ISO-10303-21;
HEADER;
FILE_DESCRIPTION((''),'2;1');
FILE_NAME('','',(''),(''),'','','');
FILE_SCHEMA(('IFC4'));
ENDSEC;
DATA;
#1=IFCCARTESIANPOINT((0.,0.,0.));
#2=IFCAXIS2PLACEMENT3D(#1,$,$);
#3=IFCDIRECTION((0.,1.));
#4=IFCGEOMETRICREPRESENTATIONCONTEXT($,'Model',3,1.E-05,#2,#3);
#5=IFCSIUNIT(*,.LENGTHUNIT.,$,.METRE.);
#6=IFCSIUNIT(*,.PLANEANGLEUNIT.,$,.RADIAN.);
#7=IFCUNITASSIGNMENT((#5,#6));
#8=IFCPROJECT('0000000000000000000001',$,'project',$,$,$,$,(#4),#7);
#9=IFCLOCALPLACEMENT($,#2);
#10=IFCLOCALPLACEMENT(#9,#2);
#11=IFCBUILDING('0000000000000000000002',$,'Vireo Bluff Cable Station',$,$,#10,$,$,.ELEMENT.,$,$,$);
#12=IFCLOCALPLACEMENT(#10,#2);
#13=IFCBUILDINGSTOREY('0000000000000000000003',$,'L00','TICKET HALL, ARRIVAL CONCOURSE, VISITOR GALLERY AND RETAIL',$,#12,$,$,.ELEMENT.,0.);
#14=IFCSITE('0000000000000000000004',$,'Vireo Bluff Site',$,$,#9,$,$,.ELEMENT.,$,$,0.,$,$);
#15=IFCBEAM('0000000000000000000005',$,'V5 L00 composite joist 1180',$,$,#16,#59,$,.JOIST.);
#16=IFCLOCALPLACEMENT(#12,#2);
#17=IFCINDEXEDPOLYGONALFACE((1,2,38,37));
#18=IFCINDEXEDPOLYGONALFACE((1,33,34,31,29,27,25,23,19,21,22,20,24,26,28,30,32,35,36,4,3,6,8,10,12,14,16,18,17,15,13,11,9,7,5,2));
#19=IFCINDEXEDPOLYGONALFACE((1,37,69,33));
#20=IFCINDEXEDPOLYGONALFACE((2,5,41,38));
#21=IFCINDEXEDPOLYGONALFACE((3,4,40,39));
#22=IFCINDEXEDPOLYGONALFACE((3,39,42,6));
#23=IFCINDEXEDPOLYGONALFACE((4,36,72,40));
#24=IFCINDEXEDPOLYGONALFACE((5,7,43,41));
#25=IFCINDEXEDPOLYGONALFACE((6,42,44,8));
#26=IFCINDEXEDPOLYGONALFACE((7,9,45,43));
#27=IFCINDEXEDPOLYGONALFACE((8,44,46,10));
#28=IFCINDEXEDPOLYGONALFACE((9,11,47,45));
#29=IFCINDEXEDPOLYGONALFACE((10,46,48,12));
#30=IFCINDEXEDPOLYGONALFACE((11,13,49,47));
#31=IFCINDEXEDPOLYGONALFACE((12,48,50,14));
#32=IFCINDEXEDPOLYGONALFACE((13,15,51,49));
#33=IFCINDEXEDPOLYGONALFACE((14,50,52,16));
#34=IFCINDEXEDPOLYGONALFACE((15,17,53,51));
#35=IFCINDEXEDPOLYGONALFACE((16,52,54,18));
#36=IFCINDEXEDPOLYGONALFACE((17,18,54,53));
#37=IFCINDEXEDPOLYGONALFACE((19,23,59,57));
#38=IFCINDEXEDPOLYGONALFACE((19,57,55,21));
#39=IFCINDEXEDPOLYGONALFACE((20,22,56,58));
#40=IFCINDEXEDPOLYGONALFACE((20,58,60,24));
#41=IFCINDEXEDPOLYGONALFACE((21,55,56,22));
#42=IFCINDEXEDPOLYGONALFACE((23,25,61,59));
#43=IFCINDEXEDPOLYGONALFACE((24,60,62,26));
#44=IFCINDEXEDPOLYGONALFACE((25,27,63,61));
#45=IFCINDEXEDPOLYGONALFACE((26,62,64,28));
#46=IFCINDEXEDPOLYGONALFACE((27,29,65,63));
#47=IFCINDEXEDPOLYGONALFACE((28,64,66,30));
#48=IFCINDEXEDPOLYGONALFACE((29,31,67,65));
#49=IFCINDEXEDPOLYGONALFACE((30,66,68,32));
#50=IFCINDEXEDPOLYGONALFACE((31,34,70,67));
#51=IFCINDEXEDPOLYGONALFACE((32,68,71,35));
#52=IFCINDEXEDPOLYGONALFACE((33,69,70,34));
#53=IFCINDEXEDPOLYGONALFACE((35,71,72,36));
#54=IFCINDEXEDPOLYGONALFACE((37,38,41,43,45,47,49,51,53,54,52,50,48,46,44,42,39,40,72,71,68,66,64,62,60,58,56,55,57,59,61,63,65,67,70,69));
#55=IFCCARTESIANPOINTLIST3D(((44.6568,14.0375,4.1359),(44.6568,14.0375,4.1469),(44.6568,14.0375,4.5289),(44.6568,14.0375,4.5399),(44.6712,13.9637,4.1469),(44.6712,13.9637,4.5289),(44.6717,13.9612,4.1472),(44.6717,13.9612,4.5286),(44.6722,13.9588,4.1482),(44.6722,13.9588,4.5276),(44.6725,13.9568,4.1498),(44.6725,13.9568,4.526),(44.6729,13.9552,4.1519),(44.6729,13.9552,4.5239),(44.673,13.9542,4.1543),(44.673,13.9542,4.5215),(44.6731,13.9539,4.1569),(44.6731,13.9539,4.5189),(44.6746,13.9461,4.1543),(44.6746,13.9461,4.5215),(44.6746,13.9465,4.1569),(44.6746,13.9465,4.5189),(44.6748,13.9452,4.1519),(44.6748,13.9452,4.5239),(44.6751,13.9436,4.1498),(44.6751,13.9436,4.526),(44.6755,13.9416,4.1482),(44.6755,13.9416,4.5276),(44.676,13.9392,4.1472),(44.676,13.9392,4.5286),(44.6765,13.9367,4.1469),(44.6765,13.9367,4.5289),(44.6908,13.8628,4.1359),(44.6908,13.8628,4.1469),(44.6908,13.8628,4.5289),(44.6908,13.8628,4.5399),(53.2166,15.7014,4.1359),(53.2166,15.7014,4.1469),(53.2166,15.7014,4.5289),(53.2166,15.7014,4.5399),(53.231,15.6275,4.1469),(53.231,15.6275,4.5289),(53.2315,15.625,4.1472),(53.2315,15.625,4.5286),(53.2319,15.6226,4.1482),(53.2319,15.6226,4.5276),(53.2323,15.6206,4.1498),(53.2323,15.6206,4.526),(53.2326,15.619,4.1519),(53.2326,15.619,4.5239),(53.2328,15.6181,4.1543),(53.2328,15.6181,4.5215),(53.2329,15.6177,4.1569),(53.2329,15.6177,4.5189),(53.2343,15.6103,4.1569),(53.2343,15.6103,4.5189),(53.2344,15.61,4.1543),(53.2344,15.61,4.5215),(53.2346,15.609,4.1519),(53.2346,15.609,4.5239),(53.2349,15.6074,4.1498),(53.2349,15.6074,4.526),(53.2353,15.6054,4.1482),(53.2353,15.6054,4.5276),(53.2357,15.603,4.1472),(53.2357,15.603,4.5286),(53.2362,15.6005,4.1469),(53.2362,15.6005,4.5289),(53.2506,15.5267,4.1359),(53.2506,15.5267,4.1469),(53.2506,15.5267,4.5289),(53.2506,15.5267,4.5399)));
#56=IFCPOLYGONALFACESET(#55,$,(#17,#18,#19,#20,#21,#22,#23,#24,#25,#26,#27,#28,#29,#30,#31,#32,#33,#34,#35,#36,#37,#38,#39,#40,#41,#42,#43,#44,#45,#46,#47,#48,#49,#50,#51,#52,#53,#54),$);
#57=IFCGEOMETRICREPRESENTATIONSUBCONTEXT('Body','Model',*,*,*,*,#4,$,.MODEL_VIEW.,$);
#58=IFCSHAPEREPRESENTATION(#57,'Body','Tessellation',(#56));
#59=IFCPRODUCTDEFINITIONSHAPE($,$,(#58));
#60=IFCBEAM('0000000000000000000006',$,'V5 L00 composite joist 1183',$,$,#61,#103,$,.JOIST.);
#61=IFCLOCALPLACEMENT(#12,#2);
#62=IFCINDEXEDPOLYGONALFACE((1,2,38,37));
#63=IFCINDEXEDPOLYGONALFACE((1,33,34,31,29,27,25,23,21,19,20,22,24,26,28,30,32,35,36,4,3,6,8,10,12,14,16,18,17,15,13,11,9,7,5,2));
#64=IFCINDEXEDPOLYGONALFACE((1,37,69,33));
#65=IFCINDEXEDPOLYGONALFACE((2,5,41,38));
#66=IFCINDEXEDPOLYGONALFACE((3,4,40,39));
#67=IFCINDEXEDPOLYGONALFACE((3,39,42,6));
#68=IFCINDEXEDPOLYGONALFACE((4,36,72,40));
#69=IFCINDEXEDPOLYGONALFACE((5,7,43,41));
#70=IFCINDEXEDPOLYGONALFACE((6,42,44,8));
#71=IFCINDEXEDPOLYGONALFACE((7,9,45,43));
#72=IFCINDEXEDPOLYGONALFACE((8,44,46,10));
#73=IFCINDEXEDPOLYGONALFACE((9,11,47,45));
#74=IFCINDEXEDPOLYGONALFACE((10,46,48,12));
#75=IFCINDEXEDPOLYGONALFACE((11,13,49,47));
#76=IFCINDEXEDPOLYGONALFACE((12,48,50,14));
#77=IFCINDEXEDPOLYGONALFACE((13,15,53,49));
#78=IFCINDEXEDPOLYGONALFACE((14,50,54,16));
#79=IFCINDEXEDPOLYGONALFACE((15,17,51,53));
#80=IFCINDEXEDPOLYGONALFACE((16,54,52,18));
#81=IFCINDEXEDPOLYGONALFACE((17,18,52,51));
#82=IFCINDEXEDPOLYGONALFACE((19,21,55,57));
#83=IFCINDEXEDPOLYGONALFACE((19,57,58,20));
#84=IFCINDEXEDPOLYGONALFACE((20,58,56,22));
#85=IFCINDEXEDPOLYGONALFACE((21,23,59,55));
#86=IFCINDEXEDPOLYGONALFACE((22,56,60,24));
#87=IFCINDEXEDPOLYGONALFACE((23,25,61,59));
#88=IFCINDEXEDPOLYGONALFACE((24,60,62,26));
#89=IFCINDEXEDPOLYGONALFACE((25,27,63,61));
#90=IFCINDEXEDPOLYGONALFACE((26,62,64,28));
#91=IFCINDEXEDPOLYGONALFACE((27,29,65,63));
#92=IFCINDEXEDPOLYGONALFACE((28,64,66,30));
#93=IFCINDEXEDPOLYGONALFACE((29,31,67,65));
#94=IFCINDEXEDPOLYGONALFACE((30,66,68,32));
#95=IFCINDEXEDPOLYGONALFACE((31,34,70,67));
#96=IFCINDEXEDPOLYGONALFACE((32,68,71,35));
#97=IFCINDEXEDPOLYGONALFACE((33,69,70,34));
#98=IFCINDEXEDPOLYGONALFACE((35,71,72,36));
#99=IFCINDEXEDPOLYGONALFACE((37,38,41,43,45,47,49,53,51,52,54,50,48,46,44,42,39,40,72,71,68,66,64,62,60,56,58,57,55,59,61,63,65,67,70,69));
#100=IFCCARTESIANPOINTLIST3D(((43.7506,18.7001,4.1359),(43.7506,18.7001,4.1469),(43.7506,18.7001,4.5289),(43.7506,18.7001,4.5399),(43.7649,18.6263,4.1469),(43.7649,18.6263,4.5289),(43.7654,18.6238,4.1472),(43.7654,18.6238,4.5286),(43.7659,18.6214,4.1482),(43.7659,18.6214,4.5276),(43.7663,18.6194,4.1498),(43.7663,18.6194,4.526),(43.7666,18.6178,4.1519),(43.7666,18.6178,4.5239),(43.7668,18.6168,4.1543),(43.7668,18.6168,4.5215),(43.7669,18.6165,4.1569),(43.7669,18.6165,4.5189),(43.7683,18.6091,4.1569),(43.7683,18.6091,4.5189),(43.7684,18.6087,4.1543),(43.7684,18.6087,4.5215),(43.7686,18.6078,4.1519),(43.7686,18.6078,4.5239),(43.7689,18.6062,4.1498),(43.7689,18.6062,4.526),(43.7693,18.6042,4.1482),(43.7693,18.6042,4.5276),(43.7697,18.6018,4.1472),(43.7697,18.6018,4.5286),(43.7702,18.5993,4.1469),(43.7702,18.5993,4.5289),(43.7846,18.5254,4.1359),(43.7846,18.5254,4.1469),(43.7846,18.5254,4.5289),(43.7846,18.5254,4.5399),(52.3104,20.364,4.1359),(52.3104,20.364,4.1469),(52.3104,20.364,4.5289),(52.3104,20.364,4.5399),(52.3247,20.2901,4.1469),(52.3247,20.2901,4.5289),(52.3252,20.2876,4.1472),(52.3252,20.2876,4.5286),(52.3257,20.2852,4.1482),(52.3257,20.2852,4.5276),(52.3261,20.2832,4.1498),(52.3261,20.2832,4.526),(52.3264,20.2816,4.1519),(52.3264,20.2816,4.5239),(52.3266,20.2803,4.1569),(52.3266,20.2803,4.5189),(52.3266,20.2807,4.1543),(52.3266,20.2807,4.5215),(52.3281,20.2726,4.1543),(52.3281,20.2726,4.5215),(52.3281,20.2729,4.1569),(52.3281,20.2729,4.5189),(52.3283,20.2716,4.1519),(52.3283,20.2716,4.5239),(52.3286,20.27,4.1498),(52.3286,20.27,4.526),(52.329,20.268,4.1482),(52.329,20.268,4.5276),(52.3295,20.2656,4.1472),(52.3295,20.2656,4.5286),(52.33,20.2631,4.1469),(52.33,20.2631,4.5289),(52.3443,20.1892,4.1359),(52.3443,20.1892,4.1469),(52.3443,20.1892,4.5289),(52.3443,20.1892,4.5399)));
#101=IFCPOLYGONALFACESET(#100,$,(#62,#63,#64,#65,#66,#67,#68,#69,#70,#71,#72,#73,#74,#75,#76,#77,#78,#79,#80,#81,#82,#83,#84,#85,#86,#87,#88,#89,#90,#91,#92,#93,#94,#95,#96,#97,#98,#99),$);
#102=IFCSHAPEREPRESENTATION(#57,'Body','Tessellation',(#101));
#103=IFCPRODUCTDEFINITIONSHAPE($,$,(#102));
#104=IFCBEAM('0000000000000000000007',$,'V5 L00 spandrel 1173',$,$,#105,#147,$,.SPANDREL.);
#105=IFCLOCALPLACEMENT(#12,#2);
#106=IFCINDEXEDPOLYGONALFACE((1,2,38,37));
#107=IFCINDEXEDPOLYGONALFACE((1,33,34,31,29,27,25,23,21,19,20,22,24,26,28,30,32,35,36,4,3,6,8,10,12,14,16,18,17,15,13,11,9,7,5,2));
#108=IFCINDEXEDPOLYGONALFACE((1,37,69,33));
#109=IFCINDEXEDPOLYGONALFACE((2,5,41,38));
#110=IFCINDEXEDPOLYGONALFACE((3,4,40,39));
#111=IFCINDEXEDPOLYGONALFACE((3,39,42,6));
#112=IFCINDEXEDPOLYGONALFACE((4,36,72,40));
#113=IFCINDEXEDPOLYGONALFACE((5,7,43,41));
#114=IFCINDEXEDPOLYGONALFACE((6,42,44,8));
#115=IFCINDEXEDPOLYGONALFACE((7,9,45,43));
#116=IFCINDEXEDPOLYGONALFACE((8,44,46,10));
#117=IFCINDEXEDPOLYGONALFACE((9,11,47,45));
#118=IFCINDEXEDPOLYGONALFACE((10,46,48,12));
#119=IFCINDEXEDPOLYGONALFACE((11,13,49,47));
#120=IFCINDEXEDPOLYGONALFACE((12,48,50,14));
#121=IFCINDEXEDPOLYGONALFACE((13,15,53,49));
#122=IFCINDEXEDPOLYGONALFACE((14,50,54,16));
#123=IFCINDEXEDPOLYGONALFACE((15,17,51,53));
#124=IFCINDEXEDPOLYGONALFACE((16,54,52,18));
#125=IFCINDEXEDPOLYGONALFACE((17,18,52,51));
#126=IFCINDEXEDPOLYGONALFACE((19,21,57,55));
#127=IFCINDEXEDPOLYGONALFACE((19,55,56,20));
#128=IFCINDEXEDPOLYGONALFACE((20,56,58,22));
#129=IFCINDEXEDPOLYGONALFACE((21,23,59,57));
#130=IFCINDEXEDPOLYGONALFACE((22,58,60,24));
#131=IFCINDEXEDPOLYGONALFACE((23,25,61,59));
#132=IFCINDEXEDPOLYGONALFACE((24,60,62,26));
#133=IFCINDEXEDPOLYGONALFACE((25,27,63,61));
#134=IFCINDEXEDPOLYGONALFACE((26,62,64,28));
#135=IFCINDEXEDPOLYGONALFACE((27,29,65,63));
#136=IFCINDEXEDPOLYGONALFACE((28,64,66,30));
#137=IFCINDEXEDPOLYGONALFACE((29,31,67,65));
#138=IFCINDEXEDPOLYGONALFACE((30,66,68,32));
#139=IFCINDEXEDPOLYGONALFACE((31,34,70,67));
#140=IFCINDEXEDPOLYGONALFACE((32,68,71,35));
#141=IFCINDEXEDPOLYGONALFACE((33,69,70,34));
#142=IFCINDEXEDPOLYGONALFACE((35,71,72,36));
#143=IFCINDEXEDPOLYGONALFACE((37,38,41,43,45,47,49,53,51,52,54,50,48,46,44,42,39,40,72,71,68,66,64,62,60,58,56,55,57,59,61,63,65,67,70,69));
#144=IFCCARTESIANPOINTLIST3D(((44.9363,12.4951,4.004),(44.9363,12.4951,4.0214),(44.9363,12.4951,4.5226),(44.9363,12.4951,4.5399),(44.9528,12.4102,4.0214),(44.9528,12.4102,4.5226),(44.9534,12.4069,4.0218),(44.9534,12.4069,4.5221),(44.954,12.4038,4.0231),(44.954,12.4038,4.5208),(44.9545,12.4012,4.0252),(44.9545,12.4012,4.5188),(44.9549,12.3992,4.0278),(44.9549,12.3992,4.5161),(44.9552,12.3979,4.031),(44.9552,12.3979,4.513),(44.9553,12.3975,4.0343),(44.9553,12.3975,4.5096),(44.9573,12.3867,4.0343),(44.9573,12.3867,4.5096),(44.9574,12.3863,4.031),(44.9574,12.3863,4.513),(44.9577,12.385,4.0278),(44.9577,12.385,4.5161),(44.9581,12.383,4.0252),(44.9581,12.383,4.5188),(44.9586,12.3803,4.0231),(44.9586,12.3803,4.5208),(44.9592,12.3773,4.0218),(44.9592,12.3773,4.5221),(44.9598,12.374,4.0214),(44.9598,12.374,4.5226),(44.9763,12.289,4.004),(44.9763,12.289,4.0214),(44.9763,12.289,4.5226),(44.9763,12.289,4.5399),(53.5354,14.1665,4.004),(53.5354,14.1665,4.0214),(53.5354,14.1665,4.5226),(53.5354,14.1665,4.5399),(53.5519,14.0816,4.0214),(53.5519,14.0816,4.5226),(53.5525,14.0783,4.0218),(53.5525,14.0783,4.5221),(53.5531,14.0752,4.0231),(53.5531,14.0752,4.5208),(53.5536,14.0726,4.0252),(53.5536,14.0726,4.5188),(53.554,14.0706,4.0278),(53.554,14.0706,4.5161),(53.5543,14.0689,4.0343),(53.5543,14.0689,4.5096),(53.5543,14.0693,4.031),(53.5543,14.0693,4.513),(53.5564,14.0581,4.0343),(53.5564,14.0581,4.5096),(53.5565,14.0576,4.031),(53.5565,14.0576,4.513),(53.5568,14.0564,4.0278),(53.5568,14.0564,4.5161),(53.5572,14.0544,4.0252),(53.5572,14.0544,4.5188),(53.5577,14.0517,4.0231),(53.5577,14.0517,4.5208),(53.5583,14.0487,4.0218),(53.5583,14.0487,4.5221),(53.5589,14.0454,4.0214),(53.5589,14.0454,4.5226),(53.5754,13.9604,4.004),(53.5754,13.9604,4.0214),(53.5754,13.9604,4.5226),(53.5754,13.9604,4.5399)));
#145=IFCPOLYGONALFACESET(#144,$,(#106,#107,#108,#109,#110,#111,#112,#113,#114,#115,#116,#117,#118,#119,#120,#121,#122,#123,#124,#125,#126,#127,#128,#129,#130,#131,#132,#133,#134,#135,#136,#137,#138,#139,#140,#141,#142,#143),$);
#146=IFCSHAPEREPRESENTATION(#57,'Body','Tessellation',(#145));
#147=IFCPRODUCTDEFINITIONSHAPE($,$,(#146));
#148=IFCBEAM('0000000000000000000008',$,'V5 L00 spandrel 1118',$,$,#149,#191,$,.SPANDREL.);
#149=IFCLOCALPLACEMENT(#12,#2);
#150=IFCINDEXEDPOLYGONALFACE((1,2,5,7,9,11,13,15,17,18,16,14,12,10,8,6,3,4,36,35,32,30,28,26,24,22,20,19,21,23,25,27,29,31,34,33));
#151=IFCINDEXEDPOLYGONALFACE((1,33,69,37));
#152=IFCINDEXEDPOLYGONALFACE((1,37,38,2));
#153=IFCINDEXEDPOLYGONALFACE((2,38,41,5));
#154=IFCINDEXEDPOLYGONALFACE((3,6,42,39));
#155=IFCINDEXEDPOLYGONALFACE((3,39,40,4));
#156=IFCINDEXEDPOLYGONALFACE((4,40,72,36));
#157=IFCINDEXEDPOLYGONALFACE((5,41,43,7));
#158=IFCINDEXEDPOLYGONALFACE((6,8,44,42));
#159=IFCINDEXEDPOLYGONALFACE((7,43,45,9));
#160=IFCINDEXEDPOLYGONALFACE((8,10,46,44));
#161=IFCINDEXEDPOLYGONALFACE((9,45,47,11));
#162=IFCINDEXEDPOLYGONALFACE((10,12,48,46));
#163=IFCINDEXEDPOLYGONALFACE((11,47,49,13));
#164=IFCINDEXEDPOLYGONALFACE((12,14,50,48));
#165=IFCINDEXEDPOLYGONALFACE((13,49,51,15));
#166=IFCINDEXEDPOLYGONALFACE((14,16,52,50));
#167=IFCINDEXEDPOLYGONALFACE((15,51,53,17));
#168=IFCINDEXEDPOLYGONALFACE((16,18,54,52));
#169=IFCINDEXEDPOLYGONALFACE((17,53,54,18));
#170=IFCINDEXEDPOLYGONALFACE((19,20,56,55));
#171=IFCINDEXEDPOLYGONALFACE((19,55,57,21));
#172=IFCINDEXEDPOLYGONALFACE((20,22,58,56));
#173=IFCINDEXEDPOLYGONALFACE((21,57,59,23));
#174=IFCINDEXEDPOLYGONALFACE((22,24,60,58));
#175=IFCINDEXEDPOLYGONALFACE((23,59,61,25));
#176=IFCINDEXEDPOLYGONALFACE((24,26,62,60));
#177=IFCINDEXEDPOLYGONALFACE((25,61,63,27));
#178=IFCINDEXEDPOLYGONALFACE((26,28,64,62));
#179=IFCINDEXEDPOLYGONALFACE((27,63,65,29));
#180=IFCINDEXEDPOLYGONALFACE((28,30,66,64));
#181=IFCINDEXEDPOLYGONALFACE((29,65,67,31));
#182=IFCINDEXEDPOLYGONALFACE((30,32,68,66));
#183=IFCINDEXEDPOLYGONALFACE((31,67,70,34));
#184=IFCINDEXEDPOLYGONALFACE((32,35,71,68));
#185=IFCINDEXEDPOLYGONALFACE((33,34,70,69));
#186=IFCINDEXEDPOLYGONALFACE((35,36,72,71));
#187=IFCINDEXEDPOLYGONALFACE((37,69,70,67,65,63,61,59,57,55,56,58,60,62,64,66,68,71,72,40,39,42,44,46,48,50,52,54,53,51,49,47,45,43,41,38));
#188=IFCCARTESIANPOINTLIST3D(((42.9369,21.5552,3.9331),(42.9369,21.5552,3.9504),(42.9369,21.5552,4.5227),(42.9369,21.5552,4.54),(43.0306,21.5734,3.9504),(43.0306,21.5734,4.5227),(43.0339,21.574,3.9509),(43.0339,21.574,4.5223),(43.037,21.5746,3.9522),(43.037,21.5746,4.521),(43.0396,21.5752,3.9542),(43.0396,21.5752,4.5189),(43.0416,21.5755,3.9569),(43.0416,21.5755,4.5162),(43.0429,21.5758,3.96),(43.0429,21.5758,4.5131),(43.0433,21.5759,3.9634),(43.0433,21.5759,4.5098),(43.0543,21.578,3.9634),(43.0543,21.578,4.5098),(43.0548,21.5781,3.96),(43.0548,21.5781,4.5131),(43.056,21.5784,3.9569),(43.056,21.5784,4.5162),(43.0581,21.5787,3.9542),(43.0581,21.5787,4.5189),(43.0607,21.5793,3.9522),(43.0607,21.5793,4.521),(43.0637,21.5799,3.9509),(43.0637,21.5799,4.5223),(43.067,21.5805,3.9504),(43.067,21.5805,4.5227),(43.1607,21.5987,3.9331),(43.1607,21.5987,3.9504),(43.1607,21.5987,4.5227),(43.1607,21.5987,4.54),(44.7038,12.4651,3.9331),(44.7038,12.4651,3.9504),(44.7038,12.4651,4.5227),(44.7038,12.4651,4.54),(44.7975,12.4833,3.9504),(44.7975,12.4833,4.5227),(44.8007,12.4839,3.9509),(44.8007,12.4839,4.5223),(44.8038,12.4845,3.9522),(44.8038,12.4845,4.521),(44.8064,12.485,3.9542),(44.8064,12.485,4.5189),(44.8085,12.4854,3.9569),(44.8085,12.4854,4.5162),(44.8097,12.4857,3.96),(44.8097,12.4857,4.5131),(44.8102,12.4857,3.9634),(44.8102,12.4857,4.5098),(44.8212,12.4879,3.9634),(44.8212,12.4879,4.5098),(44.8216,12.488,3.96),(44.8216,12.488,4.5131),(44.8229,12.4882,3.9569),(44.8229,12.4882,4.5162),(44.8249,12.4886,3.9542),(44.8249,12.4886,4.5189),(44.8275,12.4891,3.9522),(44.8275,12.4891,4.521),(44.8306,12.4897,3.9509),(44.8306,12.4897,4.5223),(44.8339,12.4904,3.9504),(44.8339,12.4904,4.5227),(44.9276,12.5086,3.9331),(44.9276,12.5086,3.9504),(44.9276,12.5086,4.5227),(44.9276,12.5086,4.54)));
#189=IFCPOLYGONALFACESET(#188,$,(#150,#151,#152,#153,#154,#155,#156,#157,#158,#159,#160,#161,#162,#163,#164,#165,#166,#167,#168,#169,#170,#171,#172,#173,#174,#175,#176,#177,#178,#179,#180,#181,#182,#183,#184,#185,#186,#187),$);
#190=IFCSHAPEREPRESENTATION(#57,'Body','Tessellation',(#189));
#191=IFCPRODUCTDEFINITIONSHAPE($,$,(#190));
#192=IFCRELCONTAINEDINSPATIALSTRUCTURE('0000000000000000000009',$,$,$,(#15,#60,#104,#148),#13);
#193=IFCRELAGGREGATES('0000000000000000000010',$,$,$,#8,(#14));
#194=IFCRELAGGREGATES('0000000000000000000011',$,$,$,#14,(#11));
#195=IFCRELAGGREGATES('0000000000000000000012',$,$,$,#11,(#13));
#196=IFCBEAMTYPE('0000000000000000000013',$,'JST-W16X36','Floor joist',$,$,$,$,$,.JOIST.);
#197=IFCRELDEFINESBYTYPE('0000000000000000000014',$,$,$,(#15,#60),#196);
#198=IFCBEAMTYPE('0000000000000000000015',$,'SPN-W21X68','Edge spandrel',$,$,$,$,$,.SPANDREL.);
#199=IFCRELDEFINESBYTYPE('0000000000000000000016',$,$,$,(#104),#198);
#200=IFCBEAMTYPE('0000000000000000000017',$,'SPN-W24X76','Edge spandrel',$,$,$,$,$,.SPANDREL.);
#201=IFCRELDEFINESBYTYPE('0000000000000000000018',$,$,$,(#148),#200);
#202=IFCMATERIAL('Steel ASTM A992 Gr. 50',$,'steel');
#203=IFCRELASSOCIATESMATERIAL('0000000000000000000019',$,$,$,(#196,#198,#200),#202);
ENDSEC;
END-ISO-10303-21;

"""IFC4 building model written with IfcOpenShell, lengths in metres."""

from ifc_helpers import new_model, si_unit, direction, frame, origin, origin_2d, place, context, subcontext, project, spatial, i_section, extrude, material, material_profile, profile_set, type_object, element, save


model = new_model("IFC4")

# Units and contexts
model_context = context("Model", 3, precision=1e-05, world=origin(), true_north=direction((0.0, 1.0)))
body_context = subcontext(model_context, "Body", "Model", "MODEL_VIEW")
ifc_project = project(units=[si_unit("LENGTHUNIT", "METRE"), si_unit("PLANEANGLEUNIT", "RADIAN")], contexts=[model_context])

# Site, building, storey
site_placement = place(None, origin())
site = spatial("IfcSite", under=ifc_project, at=site_placement, Name="Vireo Bluff Site", CompositionType="ELEMENT", RefElevation=0.0)
building_placement = place(site_placement, origin())
building = spatial("IfcBuilding", under=site, at=building_placement, Name="Vireo Bluff Cable Station", CompositionType="ELEMENT")
storey_placement = place(building_placement, origin())
storey = spatial("IfcBuildingStorey", under=building, at=storey_placement, Name="L00", Description="TICKET HALL, ARRIVAL CONCOURSE, VISITOR GALLERY AND RETAIL", CompositionType="ELEMENT", Elevation=0.0)

# Shared definitions
ifc_material_1 = material(Name="Steel ASTM A992 Gr. 50", Category="steel")

# Beams
ifc_material_profile_1 = material_profile(ifc_material_1, i_section(OverallWidth=0.178, OverallDepth=0.4041, WebThickness=0.0076, FlangeThickness=0.011, FilletRadius=0.01, at=origin_2d()), Name="W16X36")
ifc_profile_set_1 = profile_set([ifc_material_profile_1], Name="Steel ASTM A992 Gr. 50")
beam_type_1 = type_object("IfcBeamType", Name="JST-W16X36", Description="Floor joist", PredefinedType="JOIST", material=ifc_profile_set_1)
for number, where, z_axis, x_axis, name in (
    (1, (44.6738, 13.9502, 4.3379), (0.981628, 0.190804, 0.0), (-0.190804, 0.981628, 0.0), "V5 L00 composite joist 1180"),
    (2, (43.7676, 18.6128, 4.3379), (0.981628, 0.190804, 0.0), (-0.190804, 0.981628, 0.0), "V5 L00 composite joist 1183"),
):
    element("IfcBeam", number, at=place(storey_placement, frame(where, z_axis=z_axis, x_axis=x_axis)), inside=storey, type_object=beam_type_1, Name=name, PredefinedType="JOIST", context=body_context, shape_type="SweptSolid", body=[
        extrude(i_section(OverallWidth=0.178, OverallDepth=0.4041, WebThickness=0.0076, FlangeThickness=0.011, FilletRadius=0.01, at=origin_2d()), origin(), (0.0, 0.0, 1.0), 8.72),
    ])
ifc_material_profile_2 = material_profile(ifc_material_1, i_section(OverallWidth=0.21, OverallDepth=0.5359, WebThickness=0.011, FlangeThickness=0.0173, FilletRadius=0.0129, at=origin_2d()), Name="W21X68")
ifc_profile_set_2 = profile_set([ifc_material_profile_2], Name="Steel ASTM A992 Gr. 50")
beam_type_2 = type_object("IfcBeamType", Name="SPN-W21X68", Description="Edge spandrel", PredefinedType="SPANDREL", material=ifc_profile_set_2)
beam_1_placement = place(storey_placement, frame((44.9563, 12.3921, 4.272), z_axis=(0.98163, 0.190797, 0.0), x_axis=(-0.190797, 0.98163, 0.0)))
element("IfcBeam", 3, at=beam_1_placement, inside=storey, type_object=beam_type_2, Name="V5 L00 spandrel 1173", PredefinedType="SPANDREL", context=body_context, shape_type="SweptSolid", body=[
    extrude(i_section(OverallWidth=0.21, OverallDepth=0.5359, WebThickness=0.011, FlangeThickness=0.0173, FilletRadius=0.0129, at=origin_2d()), origin(), (0.0, 0.0, 1.0), 8.76),
])
ifc_material_profile_3 = material_profile(ifc_material_1, i_section(OverallWidth=0.228, OverallDepth=0.6069, WebThickness=0.0112, FlangeThickness=0.0173, FilletRadius=0.0129, at=origin_2d()), Name="W24X76")
ifc_profile_set_3 = profile_set([ifc_material_profile_3], Name="Steel ASTM A992 Gr. 50")
beam_type_3 = type_object("IfcBeamType", Name="SPN-W24X76", Description="Edge spandrel", PredefinedType="SPANDREL", material=ifc_profile_set_3)
beam_2_placement = place(storey_placement, frame((44.8157, 12.4868, 4.2366), z_axis=(-0.1908, 0.981629, 0.0), x_axis=(-0.981629, -0.1908, 0.0)))
element("IfcBeam", 4, at=beam_2_placement, inside=storey, type_object=beam_type_3, Name="V5 L00 spandrel 1118", PredefinedType="SPANDREL", context=body_context, shape_type="SweptSolid", body=[
    extrude(i_section(OverallWidth=0.228, OverallDepth=0.6069, WebThickness=0.0112, FlangeThickness=0.0173, FilletRadius=0.0129, at=origin_2d()), origin(), (0.0, 0.0, 1.0), 9.2603),
])

save(model, "model.ifc")
